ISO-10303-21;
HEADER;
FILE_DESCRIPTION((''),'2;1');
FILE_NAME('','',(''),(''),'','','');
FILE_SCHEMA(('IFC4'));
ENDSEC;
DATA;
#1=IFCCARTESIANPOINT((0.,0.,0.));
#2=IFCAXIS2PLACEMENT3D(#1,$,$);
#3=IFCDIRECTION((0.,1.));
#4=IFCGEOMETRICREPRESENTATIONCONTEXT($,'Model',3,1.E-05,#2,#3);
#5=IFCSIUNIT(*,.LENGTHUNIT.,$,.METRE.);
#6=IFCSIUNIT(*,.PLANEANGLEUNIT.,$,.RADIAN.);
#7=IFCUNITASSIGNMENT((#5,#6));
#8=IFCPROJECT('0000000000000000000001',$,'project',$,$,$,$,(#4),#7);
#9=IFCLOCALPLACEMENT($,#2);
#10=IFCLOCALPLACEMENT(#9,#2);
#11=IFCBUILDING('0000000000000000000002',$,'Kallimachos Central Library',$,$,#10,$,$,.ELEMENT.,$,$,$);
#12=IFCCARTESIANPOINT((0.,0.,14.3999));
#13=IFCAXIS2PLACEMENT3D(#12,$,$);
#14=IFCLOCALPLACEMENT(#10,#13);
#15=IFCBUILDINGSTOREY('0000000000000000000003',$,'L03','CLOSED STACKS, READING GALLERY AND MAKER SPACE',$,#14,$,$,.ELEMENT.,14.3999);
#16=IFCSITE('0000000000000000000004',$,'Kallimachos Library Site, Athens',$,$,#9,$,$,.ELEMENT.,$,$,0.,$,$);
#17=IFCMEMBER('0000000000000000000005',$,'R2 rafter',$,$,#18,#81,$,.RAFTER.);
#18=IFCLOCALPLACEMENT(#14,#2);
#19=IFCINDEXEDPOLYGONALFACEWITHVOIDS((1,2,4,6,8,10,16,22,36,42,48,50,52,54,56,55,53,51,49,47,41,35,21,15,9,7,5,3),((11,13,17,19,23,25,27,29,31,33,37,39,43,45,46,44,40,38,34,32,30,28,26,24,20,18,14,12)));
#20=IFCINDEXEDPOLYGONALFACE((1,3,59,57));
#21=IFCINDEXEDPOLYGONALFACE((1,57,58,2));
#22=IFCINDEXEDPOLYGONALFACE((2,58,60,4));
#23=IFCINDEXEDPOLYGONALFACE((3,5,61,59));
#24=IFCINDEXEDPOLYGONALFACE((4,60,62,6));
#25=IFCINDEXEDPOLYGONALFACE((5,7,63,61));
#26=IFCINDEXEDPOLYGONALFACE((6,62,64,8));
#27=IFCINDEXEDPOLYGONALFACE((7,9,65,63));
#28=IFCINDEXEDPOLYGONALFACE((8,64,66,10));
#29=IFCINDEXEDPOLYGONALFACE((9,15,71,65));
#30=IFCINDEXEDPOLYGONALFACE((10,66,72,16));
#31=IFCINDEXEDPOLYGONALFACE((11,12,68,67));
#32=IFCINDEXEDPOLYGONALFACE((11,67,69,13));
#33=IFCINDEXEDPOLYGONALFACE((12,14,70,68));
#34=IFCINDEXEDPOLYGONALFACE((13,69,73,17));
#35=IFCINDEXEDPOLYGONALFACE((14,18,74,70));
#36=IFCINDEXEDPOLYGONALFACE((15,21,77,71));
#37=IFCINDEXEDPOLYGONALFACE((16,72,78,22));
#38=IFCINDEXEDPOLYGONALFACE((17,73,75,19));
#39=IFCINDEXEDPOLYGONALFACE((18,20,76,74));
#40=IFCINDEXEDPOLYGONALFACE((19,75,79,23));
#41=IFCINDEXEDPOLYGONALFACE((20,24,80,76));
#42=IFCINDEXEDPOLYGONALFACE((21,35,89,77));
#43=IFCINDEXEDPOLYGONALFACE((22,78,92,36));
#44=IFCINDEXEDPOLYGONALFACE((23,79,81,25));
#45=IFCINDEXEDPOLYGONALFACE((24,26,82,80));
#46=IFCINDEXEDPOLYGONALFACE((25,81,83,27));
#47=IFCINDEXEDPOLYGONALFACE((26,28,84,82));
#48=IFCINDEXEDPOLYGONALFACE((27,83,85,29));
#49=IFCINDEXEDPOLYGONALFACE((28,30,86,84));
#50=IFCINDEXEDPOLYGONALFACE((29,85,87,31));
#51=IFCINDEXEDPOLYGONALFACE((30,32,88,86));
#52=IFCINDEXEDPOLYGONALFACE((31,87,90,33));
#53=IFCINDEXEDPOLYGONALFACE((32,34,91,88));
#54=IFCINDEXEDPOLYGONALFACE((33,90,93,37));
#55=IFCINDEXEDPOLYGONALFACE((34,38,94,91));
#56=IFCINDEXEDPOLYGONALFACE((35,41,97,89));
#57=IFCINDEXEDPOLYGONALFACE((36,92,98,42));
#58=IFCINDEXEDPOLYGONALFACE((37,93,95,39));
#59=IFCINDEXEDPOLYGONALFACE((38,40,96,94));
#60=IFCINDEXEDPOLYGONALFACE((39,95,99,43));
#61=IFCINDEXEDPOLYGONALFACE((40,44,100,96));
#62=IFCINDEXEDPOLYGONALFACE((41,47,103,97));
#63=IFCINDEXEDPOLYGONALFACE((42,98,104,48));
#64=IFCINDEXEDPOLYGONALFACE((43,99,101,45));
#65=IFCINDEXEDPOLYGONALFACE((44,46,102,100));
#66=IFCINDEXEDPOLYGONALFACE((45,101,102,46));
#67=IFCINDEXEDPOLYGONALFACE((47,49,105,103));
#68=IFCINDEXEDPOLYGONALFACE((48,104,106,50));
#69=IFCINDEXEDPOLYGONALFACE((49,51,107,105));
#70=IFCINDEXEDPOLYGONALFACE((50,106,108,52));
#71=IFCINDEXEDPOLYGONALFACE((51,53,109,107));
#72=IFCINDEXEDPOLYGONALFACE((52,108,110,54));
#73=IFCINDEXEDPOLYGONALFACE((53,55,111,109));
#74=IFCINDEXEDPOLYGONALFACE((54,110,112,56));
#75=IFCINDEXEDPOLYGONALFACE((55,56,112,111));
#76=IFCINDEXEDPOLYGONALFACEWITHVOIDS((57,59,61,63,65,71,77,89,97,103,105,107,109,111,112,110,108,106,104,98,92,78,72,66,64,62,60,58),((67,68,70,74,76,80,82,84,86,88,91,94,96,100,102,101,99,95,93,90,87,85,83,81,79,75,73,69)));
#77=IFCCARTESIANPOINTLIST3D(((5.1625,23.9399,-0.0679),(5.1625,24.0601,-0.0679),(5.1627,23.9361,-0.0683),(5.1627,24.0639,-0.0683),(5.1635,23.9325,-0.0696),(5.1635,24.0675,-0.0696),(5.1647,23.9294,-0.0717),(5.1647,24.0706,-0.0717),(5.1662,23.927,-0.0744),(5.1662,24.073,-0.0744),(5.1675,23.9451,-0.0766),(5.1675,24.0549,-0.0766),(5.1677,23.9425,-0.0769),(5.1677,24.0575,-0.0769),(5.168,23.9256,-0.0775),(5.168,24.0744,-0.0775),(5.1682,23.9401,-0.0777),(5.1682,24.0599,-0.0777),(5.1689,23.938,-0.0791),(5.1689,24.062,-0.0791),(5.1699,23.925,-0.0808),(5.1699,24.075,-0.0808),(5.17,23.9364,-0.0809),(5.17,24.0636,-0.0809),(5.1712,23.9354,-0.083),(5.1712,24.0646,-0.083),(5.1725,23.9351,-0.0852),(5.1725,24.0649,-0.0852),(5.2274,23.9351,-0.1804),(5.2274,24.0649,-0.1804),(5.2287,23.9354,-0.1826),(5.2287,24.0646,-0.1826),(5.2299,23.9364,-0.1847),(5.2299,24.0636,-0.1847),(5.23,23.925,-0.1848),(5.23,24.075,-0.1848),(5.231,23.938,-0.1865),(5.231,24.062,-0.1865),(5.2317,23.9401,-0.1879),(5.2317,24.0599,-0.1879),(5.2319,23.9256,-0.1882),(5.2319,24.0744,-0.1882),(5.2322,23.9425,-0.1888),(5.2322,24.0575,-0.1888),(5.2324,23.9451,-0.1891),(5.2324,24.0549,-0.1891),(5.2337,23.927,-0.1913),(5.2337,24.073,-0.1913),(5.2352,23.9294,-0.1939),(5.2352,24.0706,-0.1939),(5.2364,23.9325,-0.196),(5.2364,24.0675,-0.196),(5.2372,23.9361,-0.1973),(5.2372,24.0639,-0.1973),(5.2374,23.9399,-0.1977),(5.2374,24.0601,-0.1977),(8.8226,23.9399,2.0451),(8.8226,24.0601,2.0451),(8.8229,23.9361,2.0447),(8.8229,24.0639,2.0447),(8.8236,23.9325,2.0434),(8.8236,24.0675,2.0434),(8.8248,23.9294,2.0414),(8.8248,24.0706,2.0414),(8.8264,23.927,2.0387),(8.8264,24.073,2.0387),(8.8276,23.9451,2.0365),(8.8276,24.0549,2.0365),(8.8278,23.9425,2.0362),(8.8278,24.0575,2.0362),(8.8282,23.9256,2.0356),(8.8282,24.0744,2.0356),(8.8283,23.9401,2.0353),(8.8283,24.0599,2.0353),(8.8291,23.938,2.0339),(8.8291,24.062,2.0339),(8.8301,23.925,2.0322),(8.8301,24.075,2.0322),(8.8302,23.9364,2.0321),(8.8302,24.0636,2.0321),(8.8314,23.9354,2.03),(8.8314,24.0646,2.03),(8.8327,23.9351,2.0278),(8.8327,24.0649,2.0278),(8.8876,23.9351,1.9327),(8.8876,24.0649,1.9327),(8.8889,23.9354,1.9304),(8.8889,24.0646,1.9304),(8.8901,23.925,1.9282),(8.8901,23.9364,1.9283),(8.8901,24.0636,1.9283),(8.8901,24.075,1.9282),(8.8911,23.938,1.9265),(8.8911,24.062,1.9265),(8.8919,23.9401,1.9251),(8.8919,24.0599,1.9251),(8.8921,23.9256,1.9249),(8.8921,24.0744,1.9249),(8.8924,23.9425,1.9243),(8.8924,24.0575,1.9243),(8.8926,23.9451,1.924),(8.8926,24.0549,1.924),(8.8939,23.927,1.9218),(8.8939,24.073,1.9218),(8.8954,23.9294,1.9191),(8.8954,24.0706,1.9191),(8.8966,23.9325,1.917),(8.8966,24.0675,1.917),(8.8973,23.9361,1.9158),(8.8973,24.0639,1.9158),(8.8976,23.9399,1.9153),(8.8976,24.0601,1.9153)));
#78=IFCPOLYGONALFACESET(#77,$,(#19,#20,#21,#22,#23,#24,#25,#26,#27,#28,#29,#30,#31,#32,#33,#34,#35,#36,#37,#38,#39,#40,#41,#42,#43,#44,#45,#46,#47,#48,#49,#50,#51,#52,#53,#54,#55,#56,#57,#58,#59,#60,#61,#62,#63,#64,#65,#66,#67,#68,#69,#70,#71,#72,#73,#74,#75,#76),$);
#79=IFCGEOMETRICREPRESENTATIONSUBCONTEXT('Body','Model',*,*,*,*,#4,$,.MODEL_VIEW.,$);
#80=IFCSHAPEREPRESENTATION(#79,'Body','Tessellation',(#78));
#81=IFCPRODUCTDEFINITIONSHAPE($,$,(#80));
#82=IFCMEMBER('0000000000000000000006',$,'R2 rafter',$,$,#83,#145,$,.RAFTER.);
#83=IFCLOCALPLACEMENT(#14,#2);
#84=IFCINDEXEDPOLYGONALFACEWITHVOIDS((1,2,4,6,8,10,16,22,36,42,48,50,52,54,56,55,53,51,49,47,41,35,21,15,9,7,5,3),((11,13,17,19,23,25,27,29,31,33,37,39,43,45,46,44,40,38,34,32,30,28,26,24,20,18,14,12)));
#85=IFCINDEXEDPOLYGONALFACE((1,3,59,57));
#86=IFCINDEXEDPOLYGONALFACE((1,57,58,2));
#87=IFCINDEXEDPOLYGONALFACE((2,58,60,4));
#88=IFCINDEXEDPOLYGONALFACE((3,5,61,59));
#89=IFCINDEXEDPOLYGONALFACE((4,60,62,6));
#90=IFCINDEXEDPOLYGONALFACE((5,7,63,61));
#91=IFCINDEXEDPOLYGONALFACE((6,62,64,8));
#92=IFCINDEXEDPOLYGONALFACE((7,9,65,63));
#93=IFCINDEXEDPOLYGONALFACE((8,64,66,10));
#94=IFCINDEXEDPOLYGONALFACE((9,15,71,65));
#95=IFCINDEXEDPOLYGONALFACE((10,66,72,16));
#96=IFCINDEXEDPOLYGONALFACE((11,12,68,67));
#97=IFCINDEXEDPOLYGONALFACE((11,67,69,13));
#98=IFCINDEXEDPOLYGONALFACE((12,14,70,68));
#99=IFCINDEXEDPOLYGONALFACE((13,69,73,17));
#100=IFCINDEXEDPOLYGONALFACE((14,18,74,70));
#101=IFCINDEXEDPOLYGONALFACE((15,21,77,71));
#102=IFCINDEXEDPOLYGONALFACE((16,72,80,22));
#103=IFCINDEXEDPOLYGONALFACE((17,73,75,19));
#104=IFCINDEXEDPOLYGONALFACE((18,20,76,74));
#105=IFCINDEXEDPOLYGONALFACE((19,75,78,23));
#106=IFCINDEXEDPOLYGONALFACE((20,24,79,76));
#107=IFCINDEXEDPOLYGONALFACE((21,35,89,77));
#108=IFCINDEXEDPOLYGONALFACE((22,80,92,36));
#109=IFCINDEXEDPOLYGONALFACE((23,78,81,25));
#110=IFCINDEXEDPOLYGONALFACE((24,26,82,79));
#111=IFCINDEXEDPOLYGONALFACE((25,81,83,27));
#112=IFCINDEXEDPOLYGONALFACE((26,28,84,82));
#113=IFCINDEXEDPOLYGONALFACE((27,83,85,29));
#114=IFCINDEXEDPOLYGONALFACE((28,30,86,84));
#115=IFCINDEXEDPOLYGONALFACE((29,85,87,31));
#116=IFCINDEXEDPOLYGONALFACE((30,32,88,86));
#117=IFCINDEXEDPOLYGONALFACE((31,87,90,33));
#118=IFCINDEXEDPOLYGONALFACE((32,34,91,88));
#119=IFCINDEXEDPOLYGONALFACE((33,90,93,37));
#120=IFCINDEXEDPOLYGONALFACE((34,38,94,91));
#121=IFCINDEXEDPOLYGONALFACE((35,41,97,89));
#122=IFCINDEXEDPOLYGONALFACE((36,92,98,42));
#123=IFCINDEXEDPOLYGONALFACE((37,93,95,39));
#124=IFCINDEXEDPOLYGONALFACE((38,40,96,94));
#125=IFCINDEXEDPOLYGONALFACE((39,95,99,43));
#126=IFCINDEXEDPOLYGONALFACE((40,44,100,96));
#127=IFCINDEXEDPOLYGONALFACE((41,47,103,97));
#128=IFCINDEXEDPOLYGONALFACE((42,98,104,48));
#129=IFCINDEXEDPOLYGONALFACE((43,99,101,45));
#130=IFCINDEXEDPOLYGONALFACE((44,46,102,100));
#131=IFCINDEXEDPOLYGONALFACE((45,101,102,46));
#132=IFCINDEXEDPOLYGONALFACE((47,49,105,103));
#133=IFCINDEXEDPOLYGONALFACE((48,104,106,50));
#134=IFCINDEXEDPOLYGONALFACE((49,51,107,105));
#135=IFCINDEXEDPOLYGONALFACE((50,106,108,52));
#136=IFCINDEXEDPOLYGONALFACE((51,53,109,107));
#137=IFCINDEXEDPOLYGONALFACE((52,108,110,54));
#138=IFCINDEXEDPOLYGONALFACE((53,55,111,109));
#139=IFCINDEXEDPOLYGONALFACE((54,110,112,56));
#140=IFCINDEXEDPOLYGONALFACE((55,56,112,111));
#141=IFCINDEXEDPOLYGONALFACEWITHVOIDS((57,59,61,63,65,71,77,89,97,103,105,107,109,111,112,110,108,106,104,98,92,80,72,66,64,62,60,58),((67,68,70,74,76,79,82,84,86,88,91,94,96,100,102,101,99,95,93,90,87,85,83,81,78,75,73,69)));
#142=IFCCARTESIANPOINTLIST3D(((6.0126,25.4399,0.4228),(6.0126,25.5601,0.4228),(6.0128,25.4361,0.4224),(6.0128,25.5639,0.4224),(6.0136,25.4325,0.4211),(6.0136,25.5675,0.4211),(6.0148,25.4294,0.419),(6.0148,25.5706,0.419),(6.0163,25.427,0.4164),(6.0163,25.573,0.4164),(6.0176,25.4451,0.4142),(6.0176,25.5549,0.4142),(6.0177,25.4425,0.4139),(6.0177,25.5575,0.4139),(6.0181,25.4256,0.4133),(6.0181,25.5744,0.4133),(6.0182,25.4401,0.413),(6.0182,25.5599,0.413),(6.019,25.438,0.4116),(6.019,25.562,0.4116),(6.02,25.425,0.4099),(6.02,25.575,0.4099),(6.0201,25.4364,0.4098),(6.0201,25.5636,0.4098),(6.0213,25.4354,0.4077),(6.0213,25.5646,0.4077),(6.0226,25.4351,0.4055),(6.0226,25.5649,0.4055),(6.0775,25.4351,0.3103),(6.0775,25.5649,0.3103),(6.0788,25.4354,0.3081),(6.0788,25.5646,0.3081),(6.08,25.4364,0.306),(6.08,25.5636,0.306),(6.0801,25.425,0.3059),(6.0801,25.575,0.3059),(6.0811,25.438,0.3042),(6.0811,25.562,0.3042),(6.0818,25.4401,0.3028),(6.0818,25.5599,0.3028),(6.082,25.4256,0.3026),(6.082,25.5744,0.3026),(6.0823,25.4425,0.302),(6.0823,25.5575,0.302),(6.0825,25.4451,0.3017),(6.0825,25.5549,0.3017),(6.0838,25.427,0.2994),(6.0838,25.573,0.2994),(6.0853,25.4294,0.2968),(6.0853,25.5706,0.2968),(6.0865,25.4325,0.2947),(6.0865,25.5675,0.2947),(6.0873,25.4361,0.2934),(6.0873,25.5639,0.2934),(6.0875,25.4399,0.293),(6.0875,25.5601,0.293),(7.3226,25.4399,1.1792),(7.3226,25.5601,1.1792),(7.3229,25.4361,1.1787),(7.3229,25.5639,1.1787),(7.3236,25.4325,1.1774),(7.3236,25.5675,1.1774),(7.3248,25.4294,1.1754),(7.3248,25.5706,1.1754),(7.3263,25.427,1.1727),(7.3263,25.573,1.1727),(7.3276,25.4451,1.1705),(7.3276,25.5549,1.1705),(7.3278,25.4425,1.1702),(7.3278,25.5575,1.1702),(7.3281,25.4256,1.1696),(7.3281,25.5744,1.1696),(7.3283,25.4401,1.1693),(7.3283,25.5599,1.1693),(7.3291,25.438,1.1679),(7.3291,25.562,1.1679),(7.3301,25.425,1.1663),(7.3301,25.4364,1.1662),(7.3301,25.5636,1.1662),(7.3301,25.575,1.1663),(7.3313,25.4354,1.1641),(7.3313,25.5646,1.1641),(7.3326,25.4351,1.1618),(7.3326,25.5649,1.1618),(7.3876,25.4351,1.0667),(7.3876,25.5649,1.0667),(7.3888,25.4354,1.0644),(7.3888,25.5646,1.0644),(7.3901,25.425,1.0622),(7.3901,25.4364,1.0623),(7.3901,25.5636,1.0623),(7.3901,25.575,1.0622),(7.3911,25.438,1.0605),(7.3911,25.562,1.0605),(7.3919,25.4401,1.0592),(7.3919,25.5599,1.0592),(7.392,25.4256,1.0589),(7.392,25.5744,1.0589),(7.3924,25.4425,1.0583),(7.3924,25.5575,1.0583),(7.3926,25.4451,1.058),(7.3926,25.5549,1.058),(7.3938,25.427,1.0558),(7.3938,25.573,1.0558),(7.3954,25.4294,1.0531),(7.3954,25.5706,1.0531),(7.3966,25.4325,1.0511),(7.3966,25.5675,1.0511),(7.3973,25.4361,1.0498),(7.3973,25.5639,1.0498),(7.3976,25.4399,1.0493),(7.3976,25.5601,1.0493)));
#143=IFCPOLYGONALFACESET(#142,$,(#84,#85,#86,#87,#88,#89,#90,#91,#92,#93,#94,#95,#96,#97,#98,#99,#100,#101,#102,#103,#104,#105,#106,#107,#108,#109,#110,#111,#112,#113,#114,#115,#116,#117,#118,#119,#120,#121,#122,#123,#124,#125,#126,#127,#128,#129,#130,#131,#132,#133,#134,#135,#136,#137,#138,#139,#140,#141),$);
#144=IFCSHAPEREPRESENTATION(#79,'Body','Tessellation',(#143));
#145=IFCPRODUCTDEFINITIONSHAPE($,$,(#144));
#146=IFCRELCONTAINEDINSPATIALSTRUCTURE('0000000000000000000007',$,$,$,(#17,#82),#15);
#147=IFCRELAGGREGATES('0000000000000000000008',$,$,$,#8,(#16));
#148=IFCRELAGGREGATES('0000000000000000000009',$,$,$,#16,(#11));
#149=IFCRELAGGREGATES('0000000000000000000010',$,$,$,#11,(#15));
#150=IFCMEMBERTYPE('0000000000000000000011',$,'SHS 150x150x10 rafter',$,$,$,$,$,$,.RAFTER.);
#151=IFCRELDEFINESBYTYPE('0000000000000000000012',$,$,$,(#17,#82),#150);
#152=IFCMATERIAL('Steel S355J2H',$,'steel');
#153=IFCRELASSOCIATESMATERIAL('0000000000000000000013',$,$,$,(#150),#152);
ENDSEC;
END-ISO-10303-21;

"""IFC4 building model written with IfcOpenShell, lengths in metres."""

from ifc_helpers import new_model, si_unit, direction, frame, origin, origin_2d, place, context, subcontext, project, spatial, hollow_rectangle, extrude, material, material_profile, profile_set, type_object, element, save


model = new_model("IFC4")

# Units and contexts
model_context = context("Model", 3, precision=1e-05, world=origin(), true_north=direction((0.0, 1.0)))
body_context = subcontext(model_context, "Body", "Model", "MODEL_VIEW")
ifc_project = project(units=[si_unit("LENGTHUNIT", "METRE"), si_unit("PLANEANGLEUNIT", "RADIAN")], contexts=[model_context])

# Site, building, storey
site_placement = place(None, origin())
site = spatial("IfcSite", under=ifc_project, at=site_placement, Name="Kallimachos Library Site, Athens", CompositionType="ELEMENT", RefElevation=0.0)
building_placement = place(site_placement, origin())
building = spatial("IfcBuilding", under=site, at=building_placement, Name="Kallimachos Central Library", CompositionType="ELEMENT")
storey_placement = place(building_placement, frame((0.0, 0.0, 14.3999)))
storey = spatial("IfcBuildingStorey", under=building, at=storey_placement, Name="L03", Description="CLOSED STACKS, READING GALLERY AND MAKER SPACE", CompositionType="ELEMENT", Elevation=14.3999)

# Members
ifc_material_1 = material(Name="Steel S355J2H", Category="steel")
ifc_material_profile_1 = material_profile(ifc_material_1, hollow_rectangle(XDim=0.1499, YDim=0.1499, WallThickness=0.01, InnerFilletRadius=0.01, OuterFilletRadius=0.0149, at=origin_2d()), Name="SHS 150x150x10")
ifc_profile_set_1 = profile_set([ifc_material_profile_1], Name="Steel S355J2H")
member_type_1 = type_object("IfcMemberType", Name="SHS 150x150x10 rafter", PredefinedType="RAFTER", material=ifc_profile_set_1)
member_1_placement = place(storey_placement, frame((5.2, 24.0, -0.1328), z_axis=(0.866041, 0.0, 0.499972), x_axis=(0.0, 1.0, 0.0)))
element("IfcMember", 1, at=member_1_placement, inside=storey, type_object=member_type_1, Name="R2 rafter", PredefinedType="RAFTER", context=body_context, shape_type="SweptSolid", body=[
    extrude(hollow_rectangle(XDim=0.1499, YDim=0.1499, WallThickness=0.01, InnerFilletRadius=0.01, OuterFilletRadius=0.0149, at=origin_2d()), origin(), (0.0, 0.0, 1.0), 4.2263),
])
member_2_placement = place(storey_placement, frame((6.05, 25.5, 0.3579), z_axis=(0.86603, 0.0, 0.499993), x_axis=(0.0, 1.0, 0.0)))
element("IfcMember", 2, at=member_2_placement, inside=storey, type_object=member_type_1, Name="R2 rafter", PredefinedType="RAFTER", context=body_context, shape_type="SweptSolid", body=[
    extrude(hollow_rectangle(XDim=0.1499, YDim=0.1499, WallThickness=0.01, InnerFilletRadius=0.01, OuterFilletRadius=0.0149, at=origin_2d()), origin(), (0.0, 0.0, 1.0), 1.5127),
])

save(model, "model.ifc")
